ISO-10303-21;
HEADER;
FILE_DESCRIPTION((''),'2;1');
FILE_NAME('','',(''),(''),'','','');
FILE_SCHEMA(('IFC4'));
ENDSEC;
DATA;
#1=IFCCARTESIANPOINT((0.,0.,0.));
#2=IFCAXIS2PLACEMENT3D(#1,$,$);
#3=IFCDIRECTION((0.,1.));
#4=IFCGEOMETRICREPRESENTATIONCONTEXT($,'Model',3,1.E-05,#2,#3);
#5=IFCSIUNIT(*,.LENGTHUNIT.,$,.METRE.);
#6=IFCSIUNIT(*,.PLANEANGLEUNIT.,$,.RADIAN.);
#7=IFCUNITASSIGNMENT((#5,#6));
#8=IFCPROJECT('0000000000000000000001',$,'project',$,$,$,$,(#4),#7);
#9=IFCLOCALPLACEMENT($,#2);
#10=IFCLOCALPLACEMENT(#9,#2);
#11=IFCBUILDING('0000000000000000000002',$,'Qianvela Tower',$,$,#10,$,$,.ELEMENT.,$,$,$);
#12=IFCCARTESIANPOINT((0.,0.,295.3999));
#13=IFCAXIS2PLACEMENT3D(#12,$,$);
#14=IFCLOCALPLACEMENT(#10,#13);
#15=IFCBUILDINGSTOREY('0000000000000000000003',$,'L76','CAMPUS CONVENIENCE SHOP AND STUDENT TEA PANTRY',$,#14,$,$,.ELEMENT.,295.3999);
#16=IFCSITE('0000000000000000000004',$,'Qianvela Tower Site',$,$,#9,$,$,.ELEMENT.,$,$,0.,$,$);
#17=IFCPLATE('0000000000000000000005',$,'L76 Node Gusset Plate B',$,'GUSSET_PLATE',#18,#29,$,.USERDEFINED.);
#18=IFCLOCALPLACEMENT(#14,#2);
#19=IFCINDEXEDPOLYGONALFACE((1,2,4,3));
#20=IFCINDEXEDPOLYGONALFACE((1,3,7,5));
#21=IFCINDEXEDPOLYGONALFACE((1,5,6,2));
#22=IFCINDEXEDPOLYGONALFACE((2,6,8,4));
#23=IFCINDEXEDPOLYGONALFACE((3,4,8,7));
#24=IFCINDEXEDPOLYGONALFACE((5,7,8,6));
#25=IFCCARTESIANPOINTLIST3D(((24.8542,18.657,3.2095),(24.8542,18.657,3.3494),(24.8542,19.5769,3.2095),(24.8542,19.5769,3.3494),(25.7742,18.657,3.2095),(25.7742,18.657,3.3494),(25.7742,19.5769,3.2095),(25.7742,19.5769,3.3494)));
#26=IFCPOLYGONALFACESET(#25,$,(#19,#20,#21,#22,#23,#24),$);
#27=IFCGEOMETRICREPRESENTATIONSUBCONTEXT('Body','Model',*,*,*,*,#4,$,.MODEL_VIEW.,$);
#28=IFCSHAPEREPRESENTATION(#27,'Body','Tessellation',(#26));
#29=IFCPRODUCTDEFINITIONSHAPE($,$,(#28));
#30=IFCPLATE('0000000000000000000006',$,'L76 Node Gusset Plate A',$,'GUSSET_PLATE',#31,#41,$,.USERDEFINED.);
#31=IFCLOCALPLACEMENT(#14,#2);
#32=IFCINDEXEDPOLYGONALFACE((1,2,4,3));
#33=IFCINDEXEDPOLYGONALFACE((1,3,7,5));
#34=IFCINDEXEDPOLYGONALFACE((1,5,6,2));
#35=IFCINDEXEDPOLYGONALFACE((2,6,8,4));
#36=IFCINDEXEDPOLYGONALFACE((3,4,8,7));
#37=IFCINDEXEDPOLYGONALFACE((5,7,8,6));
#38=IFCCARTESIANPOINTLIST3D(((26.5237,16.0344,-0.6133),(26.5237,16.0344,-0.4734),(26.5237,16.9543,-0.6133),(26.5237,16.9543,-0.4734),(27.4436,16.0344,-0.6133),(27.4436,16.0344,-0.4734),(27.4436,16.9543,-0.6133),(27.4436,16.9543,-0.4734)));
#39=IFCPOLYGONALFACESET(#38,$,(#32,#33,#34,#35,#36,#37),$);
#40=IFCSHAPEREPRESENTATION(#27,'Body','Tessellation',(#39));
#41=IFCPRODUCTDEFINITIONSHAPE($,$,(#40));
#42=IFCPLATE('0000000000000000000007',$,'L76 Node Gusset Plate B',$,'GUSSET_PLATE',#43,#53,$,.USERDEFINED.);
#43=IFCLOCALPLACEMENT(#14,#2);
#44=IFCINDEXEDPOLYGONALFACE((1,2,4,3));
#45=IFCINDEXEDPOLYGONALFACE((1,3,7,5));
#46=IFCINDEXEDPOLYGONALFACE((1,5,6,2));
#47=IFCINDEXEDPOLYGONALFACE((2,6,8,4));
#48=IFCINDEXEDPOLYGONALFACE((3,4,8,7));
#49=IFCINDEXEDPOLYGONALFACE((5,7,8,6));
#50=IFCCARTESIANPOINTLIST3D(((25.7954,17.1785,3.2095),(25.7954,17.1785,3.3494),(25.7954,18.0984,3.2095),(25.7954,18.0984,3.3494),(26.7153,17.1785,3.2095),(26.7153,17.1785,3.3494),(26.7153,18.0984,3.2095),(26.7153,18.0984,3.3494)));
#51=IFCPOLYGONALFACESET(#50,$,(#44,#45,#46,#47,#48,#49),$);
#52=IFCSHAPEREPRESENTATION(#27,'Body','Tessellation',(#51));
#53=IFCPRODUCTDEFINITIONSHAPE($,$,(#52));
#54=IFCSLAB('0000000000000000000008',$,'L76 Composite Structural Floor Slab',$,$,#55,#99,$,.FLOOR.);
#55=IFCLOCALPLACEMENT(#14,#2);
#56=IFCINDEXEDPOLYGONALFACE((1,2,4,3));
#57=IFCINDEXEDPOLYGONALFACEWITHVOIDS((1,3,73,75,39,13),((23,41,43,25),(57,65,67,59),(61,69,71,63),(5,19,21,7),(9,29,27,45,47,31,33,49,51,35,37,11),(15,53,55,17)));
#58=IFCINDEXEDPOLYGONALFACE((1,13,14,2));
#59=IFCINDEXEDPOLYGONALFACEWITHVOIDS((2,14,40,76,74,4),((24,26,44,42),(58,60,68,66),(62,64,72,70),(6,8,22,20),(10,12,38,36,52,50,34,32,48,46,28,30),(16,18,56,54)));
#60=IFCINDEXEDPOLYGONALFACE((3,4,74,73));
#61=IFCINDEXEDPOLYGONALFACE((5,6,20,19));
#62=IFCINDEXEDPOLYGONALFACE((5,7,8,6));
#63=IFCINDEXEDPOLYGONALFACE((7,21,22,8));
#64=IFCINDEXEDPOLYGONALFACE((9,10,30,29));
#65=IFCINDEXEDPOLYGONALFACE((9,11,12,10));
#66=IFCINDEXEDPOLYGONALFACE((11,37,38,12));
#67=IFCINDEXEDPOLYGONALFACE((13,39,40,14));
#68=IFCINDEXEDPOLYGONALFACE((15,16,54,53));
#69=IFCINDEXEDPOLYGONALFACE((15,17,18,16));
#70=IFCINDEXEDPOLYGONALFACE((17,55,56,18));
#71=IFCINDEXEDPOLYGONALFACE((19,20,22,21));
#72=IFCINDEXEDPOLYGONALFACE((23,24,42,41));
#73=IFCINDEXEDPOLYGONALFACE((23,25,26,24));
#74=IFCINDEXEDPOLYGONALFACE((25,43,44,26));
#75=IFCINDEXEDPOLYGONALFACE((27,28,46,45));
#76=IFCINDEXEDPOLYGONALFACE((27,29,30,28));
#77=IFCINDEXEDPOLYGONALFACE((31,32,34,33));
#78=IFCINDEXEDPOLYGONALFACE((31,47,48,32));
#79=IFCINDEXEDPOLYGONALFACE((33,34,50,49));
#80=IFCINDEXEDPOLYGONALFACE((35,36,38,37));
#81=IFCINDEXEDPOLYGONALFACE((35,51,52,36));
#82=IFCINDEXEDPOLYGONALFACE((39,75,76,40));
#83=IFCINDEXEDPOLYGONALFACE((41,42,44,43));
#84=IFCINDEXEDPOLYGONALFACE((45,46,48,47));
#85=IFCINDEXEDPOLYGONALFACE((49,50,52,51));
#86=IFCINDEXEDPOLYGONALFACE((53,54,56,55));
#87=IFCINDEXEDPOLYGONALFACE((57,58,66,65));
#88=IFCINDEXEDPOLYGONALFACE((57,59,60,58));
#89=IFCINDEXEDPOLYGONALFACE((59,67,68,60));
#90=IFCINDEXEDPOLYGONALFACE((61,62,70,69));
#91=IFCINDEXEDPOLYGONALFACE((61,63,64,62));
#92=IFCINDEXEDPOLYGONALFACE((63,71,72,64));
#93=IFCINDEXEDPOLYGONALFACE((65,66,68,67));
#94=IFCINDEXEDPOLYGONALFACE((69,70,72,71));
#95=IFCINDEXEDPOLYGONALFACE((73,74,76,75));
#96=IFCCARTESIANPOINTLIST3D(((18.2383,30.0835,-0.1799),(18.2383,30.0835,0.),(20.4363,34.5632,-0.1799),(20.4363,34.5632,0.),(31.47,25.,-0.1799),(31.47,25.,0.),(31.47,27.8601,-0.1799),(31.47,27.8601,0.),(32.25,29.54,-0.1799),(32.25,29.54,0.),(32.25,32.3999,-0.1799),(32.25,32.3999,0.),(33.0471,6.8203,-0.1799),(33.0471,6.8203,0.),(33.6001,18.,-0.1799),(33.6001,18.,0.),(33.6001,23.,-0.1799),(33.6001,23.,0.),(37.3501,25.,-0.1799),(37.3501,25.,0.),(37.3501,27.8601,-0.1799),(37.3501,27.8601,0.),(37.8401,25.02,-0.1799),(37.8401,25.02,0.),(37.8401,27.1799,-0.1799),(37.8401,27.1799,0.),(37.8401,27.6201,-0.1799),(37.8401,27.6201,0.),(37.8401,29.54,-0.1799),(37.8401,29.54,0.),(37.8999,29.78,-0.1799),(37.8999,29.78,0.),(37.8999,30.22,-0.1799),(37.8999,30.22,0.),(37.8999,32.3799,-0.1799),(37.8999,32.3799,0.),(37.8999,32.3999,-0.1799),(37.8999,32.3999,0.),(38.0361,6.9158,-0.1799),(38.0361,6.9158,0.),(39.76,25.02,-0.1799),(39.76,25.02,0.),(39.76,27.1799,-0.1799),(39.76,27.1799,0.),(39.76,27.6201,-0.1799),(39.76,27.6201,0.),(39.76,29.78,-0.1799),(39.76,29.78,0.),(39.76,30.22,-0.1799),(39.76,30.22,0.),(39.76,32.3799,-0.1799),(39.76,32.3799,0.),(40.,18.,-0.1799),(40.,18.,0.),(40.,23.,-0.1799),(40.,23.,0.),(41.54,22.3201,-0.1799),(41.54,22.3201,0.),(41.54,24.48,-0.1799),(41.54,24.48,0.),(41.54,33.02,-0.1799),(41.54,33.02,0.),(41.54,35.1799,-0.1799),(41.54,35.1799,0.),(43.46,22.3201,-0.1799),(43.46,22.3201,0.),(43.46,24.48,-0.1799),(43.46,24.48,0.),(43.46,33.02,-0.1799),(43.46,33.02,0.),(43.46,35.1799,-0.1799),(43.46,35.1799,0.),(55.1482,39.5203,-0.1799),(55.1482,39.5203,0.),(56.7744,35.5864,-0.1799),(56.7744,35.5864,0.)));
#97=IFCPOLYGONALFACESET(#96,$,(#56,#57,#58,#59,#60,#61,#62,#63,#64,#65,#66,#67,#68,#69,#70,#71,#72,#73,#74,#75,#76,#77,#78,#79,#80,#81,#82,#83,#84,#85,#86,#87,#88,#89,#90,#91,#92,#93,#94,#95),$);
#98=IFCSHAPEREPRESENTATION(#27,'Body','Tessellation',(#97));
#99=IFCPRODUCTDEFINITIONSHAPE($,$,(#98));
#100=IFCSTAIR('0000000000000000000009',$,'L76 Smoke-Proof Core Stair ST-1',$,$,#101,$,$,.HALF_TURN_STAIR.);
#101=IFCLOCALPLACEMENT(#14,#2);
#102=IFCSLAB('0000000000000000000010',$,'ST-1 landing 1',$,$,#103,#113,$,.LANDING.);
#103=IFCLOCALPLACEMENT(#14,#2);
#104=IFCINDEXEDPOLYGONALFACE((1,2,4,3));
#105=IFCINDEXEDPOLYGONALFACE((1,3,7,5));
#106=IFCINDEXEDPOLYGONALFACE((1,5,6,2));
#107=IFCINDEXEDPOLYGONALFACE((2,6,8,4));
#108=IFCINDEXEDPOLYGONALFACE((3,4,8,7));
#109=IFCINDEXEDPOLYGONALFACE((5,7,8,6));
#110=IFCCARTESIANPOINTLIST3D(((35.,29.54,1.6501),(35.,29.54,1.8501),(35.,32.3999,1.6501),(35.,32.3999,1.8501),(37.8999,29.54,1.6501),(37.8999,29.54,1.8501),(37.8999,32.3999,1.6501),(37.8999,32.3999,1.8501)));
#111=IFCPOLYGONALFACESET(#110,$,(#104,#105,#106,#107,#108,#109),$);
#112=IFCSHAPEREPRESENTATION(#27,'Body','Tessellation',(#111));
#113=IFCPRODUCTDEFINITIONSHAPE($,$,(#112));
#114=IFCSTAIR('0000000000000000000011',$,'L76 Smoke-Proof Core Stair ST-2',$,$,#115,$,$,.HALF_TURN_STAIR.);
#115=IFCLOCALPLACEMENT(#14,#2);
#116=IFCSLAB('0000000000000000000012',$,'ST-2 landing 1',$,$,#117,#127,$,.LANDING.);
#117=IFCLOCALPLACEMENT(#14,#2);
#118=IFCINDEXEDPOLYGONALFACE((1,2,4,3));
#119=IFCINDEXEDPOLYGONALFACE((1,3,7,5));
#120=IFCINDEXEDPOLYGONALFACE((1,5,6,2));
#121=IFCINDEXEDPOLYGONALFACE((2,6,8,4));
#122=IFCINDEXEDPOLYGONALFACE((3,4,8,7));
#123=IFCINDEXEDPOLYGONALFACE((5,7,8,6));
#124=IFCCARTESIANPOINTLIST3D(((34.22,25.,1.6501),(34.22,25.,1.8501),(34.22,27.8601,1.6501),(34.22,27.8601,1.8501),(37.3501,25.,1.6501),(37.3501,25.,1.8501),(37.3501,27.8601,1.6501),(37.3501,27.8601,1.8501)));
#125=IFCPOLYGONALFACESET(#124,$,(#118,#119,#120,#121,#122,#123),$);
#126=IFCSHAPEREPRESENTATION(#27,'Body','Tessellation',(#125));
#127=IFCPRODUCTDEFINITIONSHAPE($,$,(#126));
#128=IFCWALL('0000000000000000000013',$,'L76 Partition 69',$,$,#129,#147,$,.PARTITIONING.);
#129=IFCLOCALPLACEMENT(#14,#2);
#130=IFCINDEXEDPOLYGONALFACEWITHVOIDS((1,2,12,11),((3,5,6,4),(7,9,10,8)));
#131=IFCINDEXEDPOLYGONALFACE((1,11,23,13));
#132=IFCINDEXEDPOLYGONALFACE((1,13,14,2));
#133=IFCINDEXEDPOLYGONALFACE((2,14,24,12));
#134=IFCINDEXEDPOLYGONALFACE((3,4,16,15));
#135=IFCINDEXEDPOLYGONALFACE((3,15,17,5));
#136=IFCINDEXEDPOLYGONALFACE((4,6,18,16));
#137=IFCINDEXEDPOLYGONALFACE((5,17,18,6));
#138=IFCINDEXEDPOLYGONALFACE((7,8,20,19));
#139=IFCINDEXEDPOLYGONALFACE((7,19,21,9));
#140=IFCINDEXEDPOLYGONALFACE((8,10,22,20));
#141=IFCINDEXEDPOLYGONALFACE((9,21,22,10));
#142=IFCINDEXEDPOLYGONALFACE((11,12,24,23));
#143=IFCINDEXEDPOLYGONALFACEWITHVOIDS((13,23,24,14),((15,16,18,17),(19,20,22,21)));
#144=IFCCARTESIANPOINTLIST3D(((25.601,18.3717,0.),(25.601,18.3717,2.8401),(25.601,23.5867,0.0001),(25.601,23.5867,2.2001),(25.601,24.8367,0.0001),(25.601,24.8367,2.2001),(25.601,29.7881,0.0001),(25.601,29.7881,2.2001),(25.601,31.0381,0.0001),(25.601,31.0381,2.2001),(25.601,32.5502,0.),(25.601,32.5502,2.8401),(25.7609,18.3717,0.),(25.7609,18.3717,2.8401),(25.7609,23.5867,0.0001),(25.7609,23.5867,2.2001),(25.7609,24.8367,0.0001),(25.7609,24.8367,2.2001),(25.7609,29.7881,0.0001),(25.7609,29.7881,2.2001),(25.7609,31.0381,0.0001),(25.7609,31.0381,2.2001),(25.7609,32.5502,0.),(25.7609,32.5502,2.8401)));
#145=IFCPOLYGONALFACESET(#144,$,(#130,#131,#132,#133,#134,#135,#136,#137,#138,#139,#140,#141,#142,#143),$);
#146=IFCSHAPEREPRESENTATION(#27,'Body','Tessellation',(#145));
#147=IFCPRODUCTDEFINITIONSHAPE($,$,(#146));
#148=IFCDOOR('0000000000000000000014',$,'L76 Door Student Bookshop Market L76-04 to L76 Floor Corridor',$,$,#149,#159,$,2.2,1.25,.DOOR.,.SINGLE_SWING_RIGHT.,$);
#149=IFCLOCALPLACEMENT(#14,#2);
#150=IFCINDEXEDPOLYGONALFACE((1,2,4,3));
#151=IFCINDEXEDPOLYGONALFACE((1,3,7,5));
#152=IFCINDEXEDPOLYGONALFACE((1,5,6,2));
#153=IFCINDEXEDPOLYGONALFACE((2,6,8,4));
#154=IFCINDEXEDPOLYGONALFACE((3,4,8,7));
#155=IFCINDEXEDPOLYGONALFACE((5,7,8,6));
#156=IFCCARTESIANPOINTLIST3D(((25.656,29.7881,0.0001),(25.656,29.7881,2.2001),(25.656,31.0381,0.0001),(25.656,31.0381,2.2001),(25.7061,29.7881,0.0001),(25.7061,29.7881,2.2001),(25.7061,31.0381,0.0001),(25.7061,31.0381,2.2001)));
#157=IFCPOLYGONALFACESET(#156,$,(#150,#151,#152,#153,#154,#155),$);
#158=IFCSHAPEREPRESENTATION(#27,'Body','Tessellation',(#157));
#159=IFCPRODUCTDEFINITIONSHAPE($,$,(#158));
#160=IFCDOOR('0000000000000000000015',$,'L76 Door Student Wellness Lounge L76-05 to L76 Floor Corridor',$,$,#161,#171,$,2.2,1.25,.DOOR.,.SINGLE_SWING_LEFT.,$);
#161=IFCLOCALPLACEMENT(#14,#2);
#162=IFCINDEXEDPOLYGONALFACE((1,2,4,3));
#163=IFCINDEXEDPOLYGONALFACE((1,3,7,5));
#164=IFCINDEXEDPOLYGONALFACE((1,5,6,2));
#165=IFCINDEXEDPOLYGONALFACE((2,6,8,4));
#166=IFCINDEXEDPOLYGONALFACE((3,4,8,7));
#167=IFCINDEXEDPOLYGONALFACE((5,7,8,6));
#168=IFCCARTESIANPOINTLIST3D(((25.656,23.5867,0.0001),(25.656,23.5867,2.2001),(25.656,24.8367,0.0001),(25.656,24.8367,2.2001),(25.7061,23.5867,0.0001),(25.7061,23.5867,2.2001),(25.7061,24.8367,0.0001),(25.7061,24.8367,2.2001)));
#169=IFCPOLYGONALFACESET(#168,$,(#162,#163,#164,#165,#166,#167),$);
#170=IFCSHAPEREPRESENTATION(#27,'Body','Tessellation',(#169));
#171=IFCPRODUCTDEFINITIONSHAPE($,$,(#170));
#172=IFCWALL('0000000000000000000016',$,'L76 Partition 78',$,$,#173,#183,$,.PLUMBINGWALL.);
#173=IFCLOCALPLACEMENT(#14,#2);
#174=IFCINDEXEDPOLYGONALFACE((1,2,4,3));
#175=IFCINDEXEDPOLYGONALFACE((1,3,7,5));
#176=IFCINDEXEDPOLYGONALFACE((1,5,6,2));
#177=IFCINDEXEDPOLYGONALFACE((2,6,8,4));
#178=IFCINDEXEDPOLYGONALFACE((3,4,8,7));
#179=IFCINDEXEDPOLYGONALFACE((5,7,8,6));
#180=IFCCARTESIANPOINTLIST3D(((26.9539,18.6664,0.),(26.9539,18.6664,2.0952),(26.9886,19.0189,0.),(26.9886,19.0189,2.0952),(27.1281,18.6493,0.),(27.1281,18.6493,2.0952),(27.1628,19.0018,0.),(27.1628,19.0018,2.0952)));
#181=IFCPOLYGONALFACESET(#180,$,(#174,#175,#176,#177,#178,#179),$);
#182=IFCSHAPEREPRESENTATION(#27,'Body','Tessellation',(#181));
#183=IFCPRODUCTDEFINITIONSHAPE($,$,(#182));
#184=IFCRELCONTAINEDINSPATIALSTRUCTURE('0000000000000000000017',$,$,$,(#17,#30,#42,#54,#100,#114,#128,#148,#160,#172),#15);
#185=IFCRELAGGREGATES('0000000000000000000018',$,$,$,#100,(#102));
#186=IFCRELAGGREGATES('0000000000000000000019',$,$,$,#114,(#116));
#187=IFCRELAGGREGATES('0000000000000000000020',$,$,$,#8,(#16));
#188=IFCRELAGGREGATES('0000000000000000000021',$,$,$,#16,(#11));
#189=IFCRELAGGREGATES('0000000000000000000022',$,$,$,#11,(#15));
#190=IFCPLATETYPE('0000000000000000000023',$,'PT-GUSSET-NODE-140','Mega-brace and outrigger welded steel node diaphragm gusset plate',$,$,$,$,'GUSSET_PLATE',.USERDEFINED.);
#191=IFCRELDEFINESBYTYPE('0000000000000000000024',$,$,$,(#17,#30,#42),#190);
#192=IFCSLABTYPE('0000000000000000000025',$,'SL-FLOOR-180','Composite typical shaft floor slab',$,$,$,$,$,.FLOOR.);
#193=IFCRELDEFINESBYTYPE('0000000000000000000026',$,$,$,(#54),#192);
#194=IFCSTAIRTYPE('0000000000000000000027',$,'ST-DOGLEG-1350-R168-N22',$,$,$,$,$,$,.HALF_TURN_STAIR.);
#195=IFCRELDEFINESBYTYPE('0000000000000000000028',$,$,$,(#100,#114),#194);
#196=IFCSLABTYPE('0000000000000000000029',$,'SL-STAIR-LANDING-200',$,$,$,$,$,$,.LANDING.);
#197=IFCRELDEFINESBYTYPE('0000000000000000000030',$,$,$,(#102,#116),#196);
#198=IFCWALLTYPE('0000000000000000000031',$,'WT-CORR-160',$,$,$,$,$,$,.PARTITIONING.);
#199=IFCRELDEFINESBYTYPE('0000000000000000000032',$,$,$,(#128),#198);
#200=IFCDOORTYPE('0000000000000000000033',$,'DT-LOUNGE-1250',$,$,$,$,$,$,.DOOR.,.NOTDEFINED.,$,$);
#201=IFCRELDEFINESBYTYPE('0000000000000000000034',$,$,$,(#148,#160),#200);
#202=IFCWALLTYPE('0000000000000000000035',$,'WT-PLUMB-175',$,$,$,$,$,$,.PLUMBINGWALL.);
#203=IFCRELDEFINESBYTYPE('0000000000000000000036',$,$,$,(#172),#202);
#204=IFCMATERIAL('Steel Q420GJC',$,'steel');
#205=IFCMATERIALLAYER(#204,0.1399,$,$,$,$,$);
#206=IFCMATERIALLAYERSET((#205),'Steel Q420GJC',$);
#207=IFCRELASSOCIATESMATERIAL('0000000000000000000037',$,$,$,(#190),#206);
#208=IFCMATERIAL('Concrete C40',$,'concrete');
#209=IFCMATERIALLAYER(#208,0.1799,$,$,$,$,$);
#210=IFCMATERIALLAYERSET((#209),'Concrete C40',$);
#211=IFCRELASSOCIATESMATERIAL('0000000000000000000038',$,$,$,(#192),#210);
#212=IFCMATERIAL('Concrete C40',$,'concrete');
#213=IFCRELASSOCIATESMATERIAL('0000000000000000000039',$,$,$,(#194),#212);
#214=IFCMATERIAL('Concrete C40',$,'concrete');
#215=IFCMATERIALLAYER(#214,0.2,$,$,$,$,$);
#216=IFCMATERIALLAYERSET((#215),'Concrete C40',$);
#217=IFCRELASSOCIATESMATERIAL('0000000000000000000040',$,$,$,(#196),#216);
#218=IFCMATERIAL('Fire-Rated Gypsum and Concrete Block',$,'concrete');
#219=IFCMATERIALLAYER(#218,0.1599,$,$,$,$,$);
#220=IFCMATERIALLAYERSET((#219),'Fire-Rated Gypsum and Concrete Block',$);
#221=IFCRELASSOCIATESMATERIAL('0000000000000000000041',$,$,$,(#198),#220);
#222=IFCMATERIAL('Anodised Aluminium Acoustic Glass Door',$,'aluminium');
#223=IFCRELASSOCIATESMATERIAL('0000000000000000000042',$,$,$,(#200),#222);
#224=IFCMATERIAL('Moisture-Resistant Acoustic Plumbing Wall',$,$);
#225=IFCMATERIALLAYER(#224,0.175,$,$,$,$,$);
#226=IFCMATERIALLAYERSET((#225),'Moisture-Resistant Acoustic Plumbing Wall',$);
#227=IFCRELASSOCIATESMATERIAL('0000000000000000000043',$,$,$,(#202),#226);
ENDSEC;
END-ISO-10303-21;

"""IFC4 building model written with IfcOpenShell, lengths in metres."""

from ifc_helpers import new_model, si_unit, direction, frame, frame_2d, origin, origin_2d, place, context, subcontext, project, spatial, polyline, rectangle, outline, extrude, material, layer, layer_set, type_object, element, fill, aggregate, save


model = new_model("IFC4")

# Units and contexts
model_context = context("Model", 3, precision=1e-05, world=origin(), true_north=direction((0.0, 1.0)))
body_context = subcontext(model_context, "Body", "Model", "MODEL_VIEW")
ifc_project = project(units=[si_unit("LENGTHUNIT", "METRE"), si_unit("PLANEANGLEUNIT", "RADIAN")], contexts=[model_context])

# Site, building, storey
site_placement = place(None, origin())
site = spatial("IfcSite", under=ifc_project, at=site_placement, Name="Qianvela Tower Site", CompositionType="ELEMENT", RefElevation=0.0)
building_placement = place(site_placement, origin())
building = spatial("IfcBuilding", under=site, at=building_placement, Name="Qianvela Tower", CompositionType="ELEMENT")
storey_placement = place(building_placement, frame((0.0, 0.0, 295.3999)))
storey = spatial("IfcBuildingStorey", under=building, at=storey_placement, Name="L76", Description="CAMPUS CONVENIENCE SHOP AND STUDENT TEA PANTRY", CompositionType="ELEMENT", Elevation=295.3999)

# Plates
ifc_material_1 = material(Name="Steel Q420GJC", Category="steel")
ifc_layer_1 = layer(ifc_material_1, 0.1399)
ifc_layer_set_1 = layer_set([ifc_layer_1], Name="Steel Q420GJC")
plate_type_1 = type_object("IfcPlateType", Name="PT-GUSSET-NODE-140", Description="Mega-brace and outrigger welded steel node diaphragm gusset plate", ElementType="GUSSET_PLATE", PredefinedType="USERDEFINED", material=ifc_layer_set_1)
for number, where, z_axis, x_axis, name in (
    (1, (25.3142, 19.1169, 3.2095), (0.0, 0.0, 1.0), (1.0, 0.0, 0.0), "L76 Node Gusset Plate B"),
    (2, (26.9836, 16.4944, -0.6133), (0.0, 0.0, 1.0), (1.0, 0.0, 0.0), "L76 Node Gusset Plate A"),
    (3, (26.2554, 17.6384, 3.2095), (0.0, 0.0, 1.0), (1.0, 0.0, 0.0), "L76 Node Gusset Plate B"),
):
    element("IfcPlate", number, at=place(storey_placement, frame(where, z_axis=z_axis, x_axis=x_axis)), inside=storey, type_object=plate_type_1, Name=name, ObjectType="GUSSET_PLATE", PredefinedType="USERDEFINED", context=body_context, shape_type="SweptSolid", body=[
        extrude(rectangle(XDim=0.9199, YDim=0.9199, at=origin_2d()), origin(), (0.0, 0.0, 1.0), 0.1399),
    ])

# Slab
ifc_material_2 = material(Name="Concrete C40", Category="concrete")
ifc_layer_2 = layer(ifc_material_2, 0.1799)
ifc_layer_set_2 = layer_set([ifc_layer_2], Name="Concrete C40")
slab_type_1 = type_object("IfcSlabType", Name="SL-FLOOR-180", Description="Composite typical shaft floor slab", PredefinedType="FLOOR", material=ifc_layer_set_2)
slab_1_placement = place(storey_placement, frame((0.0, 0.0, -0.1799)))
element("IfcSlab", 4, at=slab_1_placement, inside=storey, type_object=slab_type_1, Name="L76 Composite Structural Floor Slab", PredefinedType="FLOOR", context=body_context, shape_type="SweptSolid", body=[
    extrude(outline(polyline([(56.7744, 35.5864), (55.1482, 39.5203), (20.4363, 34.5632), (18.2383, 30.0835), (33.0471, 6.8203), (38.0361, 6.9158), (56.7744, 35.5864)]), holes=[polyline([(40.0, 23.0), (33.6001, 23.0), (33.6001, 18.0), (40.0, 18.0), (40.0, 23.0)]), polyline([(43.46, 24.48), (41.54, 24.48), (41.54, 22.3201), (43.46, 22.3201), (43.46, 24.48)]), polyline([(39.76, 27.1799), (37.8401, 27.1799), (37.8401, 25.02), (39.76, 25.02), (39.76, 27.1799)]), polyline([(37.3501, 27.8601), (31.47, 27.8601), (31.47, 25.0), (37.3501, 25.0), (37.3501, 27.8601)]), polyline([(39.76, 27.6201), (39.76, 29.78), (37.8999, 29.78), (37.8999, 30.22), (39.76, 30.22), (39.76, 32.3799), (37.8999, 32.3799), (37.8999, 32.3999), (32.25, 32.3999), (32.25, 29.54), (37.8401, 29.54), (37.8401, 27.6201), (39.76, 27.6201)]), polyline([(43.46, 35.1799), (41.54, 35.1799), (41.54, 33.02), (43.46, 33.02), (43.46, 35.1799)])]), origin(), (0.0, 0.0, 1.0), 0.1799),
])

# Stairs, slabs
ifc_material_3 = material(Name="Concrete C40", Category="concrete")
stair_type = type_object("IfcStairType", Name="ST-DOGLEG-1350-R168-N22", PredefinedType="HALF_TURN_STAIR", material=ifc_material_3)
stair_1_placement = place(storey_placement, origin())
stair_1 = element("IfcStair", 5, at=stair_1_placement, inside=storey, type_object=stair_type, Name="L76 Smoke-Proof Core Stair ST-1", PredefinedType="HALF_TURN_STAIR")
ifc_material_4 = material(Name="Concrete C40", Category="concrete")
ifc_layer_3 = layer(ifc_material_4, 0.2)
ifc_layer_set_3 = layer_set([ifc_layer_3], Name="Concrete C40")
slab_type_2 = type_object("IfcSlabType", Name="SL-STAIR-LANDING-200", PredefinedType="LANDING", material=ifc_layer_set_3)
slab_2_placement = place(storey_placement, frame((0.0, 0.0, 1.6501)))
slab_2 = element("IfcSlab", 6, at=slab_2_placement, type_object=slab_type_2, Name="ST-1 landing 1", PredefinedType="LANDING", context=body_context, shape_type="SweptSolid", body=[
    extrude(outline(polyline([(35.0, 29.54), (37.8999, 29.54), (37.8999, 32.3999), (35.0, 32.3999), (35.0, 29.54)])), origin(), (0.0, 0.0, 1.0), 0.2),
])
aggregate(stair_1, [slab_2])
stair_2_placement = place(storey_placement, origin())
stair_2 = element("IfcStair", 7, at=stair_2_placement, inside=storey, type_object=stair_type, Name="L76 Smoke-Proof Core Stair ST-2", PredefinedType="HALF_TURN_STAIR")
slab_3_placement = place(storey_placement, frame((0.0, 0.0, 1.6501)))
slab_3 = element("IfcSlab", 8, at=slab_3_placement, type_object=slab_type_2, Name="ST-2 landing 1", PredefinedType="LANDING", context=body_context, shape_type="SweptSolid", body=[
    extrude(outline(polyline([(34.22, 25.0), (37.3501, 25.0), (37.3501, 27.8601), (34.22, 27.8601), (34.22, 25.0)])), origin(), (0.0, 0.0, 1.0), 0.2),
])
aggregate(stair_2, [slab_3])

# Wall, openings, doors
ifc_material_5 = material(Name="Fire-Rated Gypsum and Concrete Block", Category="concrete")
ifc_layer_4 = layer(ifc_material_5, 0.1599)
ifc_layer_set_4 = layer_set([ifc_layer_4], Name="Fire-Rated Gypsum and Concrete Block")
wall_type_1 = type_object("IfcWallType", Name="WT-CORR-160", PredefinedType="PARTITIONING", material=ifc_layer_set_4)
wall_1_placement = place(storey_placement, frame((25.6809, 18.3716, 0.0), z_axis=(0.0, 0.0, 1.0), x_axis=(0.0, 1.0, 0.0)))
wall_1 = element("IfcWall", 9, at=wall_1_placement, inside=storey, type_object=wall_type_1, Name="L76 Partition 69", PredefinedType="PARTITIONING", context=body_context, shape_type="SweptSolid", body=[
    extrude(rectangle(XDim=14.1785, YDim=0.1599, at=frame_2d((7.0894, 0.0))), origin(), (0.0, 0.0, 1.0), 2.8401),
])
opening_1_placement = place(wall_1_placement, frame((11.4165, 0.0, 0.0)))
opening_1 = element("IfcOpeningElement", 10, at=opening_1_placement, cuts=wall_1, PredefinedType="OPENING", context=body_context, shape_type="SweptSolid", body=[
    extrude(rectangle(XDim=1.25, YDim=2.2, at=frame_2d((0.625, 1.1001))), frame((0.0, 0.0898, 0.0), z_axis=(0.0, -1.0, 0.0), x_axis=(1.0, 0.0, 0.0)), (0.0, 0.0, 1.0), 0.1799),
])
opening_2_placement = place(wall_1_placement, frame((5.2151, 0.0, 0.0)))
opening_2 = element("IfcOpeningElement", 11, at=opening_2_placement, cuts=wall_1, PredefinedType="OPENING", context=body_context, shape_type="SweptSolid", body=[
    extrude(rectangle(XDim=1.25, YDim=2.2, at=frame_2d((0.625, 1.1001))), frame((0.0, 0.0898, 0.0), z_axis=(0.0, -1.0, 0.0), x_axis=(1.0, 0.0, 0.0)), (0.0, 0.0, 1.0), 0.1799),
])
ifc_material_6 = material(Name="Anodised Aluminium Acoustic Glass Door", Category="aluminium")
door_type = type_object("IfcDoorType", Name="DT-LOUNGE-1250", OperationType="NOTDEFINED", PredefinedType="DOOR", material=ifc_material_6)
door_1_placement = place(opening_1_placement, origin())
door_1 = element("IfcDoor", 12, at=door_1_placement, inside=storey, type_object=door_type, Name="L76 Door Student Bookshop Market L76-04 to L76 Floor Corridor", OperationType="SINGLE_SWING_RIGHT", OverallHeight=2.2, OverallWidth=1.25, PredefinedType="DOOR", context=body_context, shape_type="SweptSolid", body=[
    extrude(rectangle(XDim=1.25, YDim=2.2, at=frame_2d((0.625, 1.1001))), frame((0.0, 0.0249, 0.0), z_axis=(0.0, -1.0, 0.0), x_axis=(1.0, 0.0, 0.0)), (0.0, 0.0, 1.0), 0.05),
])
fill(opening_1, door_1)
door_2_placement = place(opening_2_placement, origin())
door_2 = element("IfcDoor", 13, at=door_2_placement, inside=storey, type_object=door_type, Name="L76 Door Student Wellness Lounge L76-05 to L76 Floor Corridor", OperationType="SINGLE_SWING_LEFT", OverallHeight=2.2, OverallWidth=1.25, PredefinedType="DOOR", context=body_context, shape_type="SweptSolid", body=[
    extrude(rectangle(XDim=1.25, YDim=2.2, at=frame_2d((0.625, 1.1001))), frame((0.0, 0.0249, 0.0), z_axis=(0.0, -1.0, 0.0), x_axis=(1.0, 0.0, 0.0)), (0.0, 0.0, 1.0), 0.05),
])
fill(opening_2, door_2)

# Wall
ifc_material_7 = material(Name="Moisture-Resistant Acoustic Plumbing Wall")
ifc_layer_5 = layer(ifc_material_7, 0.175)
ifc_layer_set_5 = layer_set([ifc_layer_5], Name="Moisture-Resistant Acoustic Plumbing Wall")
wall_type_2 = type_object("IfcWallType", Name="WT-PLUMB-175", PredefinedType="PLUMBINGWALL", material=ifc_layer_set_5)
wall_2_placement = place(storey_placement, frame((27.0757, 19.0105, 0.0), z_axis=(0.0, 0.0, 1.0), x_axis=(-0.097866, -0.9952, 0.0)))
element("IfcWall", 14, at=wall_2_placement, inside=storey, type_object=wall_type_2, Name="L76 Partition 78", PredefinedType="PLUMBINGWALL", context=body_context, shape_type="SweptSolid", body=[
    extrude(rectangle(XDim=0.3542, YDim=0.175, at=frame_2d((0.1772, 0.0))), origin(), (0.0, 0.0, 1.0), 2.0952),
])

save(model, "model.ifc")
